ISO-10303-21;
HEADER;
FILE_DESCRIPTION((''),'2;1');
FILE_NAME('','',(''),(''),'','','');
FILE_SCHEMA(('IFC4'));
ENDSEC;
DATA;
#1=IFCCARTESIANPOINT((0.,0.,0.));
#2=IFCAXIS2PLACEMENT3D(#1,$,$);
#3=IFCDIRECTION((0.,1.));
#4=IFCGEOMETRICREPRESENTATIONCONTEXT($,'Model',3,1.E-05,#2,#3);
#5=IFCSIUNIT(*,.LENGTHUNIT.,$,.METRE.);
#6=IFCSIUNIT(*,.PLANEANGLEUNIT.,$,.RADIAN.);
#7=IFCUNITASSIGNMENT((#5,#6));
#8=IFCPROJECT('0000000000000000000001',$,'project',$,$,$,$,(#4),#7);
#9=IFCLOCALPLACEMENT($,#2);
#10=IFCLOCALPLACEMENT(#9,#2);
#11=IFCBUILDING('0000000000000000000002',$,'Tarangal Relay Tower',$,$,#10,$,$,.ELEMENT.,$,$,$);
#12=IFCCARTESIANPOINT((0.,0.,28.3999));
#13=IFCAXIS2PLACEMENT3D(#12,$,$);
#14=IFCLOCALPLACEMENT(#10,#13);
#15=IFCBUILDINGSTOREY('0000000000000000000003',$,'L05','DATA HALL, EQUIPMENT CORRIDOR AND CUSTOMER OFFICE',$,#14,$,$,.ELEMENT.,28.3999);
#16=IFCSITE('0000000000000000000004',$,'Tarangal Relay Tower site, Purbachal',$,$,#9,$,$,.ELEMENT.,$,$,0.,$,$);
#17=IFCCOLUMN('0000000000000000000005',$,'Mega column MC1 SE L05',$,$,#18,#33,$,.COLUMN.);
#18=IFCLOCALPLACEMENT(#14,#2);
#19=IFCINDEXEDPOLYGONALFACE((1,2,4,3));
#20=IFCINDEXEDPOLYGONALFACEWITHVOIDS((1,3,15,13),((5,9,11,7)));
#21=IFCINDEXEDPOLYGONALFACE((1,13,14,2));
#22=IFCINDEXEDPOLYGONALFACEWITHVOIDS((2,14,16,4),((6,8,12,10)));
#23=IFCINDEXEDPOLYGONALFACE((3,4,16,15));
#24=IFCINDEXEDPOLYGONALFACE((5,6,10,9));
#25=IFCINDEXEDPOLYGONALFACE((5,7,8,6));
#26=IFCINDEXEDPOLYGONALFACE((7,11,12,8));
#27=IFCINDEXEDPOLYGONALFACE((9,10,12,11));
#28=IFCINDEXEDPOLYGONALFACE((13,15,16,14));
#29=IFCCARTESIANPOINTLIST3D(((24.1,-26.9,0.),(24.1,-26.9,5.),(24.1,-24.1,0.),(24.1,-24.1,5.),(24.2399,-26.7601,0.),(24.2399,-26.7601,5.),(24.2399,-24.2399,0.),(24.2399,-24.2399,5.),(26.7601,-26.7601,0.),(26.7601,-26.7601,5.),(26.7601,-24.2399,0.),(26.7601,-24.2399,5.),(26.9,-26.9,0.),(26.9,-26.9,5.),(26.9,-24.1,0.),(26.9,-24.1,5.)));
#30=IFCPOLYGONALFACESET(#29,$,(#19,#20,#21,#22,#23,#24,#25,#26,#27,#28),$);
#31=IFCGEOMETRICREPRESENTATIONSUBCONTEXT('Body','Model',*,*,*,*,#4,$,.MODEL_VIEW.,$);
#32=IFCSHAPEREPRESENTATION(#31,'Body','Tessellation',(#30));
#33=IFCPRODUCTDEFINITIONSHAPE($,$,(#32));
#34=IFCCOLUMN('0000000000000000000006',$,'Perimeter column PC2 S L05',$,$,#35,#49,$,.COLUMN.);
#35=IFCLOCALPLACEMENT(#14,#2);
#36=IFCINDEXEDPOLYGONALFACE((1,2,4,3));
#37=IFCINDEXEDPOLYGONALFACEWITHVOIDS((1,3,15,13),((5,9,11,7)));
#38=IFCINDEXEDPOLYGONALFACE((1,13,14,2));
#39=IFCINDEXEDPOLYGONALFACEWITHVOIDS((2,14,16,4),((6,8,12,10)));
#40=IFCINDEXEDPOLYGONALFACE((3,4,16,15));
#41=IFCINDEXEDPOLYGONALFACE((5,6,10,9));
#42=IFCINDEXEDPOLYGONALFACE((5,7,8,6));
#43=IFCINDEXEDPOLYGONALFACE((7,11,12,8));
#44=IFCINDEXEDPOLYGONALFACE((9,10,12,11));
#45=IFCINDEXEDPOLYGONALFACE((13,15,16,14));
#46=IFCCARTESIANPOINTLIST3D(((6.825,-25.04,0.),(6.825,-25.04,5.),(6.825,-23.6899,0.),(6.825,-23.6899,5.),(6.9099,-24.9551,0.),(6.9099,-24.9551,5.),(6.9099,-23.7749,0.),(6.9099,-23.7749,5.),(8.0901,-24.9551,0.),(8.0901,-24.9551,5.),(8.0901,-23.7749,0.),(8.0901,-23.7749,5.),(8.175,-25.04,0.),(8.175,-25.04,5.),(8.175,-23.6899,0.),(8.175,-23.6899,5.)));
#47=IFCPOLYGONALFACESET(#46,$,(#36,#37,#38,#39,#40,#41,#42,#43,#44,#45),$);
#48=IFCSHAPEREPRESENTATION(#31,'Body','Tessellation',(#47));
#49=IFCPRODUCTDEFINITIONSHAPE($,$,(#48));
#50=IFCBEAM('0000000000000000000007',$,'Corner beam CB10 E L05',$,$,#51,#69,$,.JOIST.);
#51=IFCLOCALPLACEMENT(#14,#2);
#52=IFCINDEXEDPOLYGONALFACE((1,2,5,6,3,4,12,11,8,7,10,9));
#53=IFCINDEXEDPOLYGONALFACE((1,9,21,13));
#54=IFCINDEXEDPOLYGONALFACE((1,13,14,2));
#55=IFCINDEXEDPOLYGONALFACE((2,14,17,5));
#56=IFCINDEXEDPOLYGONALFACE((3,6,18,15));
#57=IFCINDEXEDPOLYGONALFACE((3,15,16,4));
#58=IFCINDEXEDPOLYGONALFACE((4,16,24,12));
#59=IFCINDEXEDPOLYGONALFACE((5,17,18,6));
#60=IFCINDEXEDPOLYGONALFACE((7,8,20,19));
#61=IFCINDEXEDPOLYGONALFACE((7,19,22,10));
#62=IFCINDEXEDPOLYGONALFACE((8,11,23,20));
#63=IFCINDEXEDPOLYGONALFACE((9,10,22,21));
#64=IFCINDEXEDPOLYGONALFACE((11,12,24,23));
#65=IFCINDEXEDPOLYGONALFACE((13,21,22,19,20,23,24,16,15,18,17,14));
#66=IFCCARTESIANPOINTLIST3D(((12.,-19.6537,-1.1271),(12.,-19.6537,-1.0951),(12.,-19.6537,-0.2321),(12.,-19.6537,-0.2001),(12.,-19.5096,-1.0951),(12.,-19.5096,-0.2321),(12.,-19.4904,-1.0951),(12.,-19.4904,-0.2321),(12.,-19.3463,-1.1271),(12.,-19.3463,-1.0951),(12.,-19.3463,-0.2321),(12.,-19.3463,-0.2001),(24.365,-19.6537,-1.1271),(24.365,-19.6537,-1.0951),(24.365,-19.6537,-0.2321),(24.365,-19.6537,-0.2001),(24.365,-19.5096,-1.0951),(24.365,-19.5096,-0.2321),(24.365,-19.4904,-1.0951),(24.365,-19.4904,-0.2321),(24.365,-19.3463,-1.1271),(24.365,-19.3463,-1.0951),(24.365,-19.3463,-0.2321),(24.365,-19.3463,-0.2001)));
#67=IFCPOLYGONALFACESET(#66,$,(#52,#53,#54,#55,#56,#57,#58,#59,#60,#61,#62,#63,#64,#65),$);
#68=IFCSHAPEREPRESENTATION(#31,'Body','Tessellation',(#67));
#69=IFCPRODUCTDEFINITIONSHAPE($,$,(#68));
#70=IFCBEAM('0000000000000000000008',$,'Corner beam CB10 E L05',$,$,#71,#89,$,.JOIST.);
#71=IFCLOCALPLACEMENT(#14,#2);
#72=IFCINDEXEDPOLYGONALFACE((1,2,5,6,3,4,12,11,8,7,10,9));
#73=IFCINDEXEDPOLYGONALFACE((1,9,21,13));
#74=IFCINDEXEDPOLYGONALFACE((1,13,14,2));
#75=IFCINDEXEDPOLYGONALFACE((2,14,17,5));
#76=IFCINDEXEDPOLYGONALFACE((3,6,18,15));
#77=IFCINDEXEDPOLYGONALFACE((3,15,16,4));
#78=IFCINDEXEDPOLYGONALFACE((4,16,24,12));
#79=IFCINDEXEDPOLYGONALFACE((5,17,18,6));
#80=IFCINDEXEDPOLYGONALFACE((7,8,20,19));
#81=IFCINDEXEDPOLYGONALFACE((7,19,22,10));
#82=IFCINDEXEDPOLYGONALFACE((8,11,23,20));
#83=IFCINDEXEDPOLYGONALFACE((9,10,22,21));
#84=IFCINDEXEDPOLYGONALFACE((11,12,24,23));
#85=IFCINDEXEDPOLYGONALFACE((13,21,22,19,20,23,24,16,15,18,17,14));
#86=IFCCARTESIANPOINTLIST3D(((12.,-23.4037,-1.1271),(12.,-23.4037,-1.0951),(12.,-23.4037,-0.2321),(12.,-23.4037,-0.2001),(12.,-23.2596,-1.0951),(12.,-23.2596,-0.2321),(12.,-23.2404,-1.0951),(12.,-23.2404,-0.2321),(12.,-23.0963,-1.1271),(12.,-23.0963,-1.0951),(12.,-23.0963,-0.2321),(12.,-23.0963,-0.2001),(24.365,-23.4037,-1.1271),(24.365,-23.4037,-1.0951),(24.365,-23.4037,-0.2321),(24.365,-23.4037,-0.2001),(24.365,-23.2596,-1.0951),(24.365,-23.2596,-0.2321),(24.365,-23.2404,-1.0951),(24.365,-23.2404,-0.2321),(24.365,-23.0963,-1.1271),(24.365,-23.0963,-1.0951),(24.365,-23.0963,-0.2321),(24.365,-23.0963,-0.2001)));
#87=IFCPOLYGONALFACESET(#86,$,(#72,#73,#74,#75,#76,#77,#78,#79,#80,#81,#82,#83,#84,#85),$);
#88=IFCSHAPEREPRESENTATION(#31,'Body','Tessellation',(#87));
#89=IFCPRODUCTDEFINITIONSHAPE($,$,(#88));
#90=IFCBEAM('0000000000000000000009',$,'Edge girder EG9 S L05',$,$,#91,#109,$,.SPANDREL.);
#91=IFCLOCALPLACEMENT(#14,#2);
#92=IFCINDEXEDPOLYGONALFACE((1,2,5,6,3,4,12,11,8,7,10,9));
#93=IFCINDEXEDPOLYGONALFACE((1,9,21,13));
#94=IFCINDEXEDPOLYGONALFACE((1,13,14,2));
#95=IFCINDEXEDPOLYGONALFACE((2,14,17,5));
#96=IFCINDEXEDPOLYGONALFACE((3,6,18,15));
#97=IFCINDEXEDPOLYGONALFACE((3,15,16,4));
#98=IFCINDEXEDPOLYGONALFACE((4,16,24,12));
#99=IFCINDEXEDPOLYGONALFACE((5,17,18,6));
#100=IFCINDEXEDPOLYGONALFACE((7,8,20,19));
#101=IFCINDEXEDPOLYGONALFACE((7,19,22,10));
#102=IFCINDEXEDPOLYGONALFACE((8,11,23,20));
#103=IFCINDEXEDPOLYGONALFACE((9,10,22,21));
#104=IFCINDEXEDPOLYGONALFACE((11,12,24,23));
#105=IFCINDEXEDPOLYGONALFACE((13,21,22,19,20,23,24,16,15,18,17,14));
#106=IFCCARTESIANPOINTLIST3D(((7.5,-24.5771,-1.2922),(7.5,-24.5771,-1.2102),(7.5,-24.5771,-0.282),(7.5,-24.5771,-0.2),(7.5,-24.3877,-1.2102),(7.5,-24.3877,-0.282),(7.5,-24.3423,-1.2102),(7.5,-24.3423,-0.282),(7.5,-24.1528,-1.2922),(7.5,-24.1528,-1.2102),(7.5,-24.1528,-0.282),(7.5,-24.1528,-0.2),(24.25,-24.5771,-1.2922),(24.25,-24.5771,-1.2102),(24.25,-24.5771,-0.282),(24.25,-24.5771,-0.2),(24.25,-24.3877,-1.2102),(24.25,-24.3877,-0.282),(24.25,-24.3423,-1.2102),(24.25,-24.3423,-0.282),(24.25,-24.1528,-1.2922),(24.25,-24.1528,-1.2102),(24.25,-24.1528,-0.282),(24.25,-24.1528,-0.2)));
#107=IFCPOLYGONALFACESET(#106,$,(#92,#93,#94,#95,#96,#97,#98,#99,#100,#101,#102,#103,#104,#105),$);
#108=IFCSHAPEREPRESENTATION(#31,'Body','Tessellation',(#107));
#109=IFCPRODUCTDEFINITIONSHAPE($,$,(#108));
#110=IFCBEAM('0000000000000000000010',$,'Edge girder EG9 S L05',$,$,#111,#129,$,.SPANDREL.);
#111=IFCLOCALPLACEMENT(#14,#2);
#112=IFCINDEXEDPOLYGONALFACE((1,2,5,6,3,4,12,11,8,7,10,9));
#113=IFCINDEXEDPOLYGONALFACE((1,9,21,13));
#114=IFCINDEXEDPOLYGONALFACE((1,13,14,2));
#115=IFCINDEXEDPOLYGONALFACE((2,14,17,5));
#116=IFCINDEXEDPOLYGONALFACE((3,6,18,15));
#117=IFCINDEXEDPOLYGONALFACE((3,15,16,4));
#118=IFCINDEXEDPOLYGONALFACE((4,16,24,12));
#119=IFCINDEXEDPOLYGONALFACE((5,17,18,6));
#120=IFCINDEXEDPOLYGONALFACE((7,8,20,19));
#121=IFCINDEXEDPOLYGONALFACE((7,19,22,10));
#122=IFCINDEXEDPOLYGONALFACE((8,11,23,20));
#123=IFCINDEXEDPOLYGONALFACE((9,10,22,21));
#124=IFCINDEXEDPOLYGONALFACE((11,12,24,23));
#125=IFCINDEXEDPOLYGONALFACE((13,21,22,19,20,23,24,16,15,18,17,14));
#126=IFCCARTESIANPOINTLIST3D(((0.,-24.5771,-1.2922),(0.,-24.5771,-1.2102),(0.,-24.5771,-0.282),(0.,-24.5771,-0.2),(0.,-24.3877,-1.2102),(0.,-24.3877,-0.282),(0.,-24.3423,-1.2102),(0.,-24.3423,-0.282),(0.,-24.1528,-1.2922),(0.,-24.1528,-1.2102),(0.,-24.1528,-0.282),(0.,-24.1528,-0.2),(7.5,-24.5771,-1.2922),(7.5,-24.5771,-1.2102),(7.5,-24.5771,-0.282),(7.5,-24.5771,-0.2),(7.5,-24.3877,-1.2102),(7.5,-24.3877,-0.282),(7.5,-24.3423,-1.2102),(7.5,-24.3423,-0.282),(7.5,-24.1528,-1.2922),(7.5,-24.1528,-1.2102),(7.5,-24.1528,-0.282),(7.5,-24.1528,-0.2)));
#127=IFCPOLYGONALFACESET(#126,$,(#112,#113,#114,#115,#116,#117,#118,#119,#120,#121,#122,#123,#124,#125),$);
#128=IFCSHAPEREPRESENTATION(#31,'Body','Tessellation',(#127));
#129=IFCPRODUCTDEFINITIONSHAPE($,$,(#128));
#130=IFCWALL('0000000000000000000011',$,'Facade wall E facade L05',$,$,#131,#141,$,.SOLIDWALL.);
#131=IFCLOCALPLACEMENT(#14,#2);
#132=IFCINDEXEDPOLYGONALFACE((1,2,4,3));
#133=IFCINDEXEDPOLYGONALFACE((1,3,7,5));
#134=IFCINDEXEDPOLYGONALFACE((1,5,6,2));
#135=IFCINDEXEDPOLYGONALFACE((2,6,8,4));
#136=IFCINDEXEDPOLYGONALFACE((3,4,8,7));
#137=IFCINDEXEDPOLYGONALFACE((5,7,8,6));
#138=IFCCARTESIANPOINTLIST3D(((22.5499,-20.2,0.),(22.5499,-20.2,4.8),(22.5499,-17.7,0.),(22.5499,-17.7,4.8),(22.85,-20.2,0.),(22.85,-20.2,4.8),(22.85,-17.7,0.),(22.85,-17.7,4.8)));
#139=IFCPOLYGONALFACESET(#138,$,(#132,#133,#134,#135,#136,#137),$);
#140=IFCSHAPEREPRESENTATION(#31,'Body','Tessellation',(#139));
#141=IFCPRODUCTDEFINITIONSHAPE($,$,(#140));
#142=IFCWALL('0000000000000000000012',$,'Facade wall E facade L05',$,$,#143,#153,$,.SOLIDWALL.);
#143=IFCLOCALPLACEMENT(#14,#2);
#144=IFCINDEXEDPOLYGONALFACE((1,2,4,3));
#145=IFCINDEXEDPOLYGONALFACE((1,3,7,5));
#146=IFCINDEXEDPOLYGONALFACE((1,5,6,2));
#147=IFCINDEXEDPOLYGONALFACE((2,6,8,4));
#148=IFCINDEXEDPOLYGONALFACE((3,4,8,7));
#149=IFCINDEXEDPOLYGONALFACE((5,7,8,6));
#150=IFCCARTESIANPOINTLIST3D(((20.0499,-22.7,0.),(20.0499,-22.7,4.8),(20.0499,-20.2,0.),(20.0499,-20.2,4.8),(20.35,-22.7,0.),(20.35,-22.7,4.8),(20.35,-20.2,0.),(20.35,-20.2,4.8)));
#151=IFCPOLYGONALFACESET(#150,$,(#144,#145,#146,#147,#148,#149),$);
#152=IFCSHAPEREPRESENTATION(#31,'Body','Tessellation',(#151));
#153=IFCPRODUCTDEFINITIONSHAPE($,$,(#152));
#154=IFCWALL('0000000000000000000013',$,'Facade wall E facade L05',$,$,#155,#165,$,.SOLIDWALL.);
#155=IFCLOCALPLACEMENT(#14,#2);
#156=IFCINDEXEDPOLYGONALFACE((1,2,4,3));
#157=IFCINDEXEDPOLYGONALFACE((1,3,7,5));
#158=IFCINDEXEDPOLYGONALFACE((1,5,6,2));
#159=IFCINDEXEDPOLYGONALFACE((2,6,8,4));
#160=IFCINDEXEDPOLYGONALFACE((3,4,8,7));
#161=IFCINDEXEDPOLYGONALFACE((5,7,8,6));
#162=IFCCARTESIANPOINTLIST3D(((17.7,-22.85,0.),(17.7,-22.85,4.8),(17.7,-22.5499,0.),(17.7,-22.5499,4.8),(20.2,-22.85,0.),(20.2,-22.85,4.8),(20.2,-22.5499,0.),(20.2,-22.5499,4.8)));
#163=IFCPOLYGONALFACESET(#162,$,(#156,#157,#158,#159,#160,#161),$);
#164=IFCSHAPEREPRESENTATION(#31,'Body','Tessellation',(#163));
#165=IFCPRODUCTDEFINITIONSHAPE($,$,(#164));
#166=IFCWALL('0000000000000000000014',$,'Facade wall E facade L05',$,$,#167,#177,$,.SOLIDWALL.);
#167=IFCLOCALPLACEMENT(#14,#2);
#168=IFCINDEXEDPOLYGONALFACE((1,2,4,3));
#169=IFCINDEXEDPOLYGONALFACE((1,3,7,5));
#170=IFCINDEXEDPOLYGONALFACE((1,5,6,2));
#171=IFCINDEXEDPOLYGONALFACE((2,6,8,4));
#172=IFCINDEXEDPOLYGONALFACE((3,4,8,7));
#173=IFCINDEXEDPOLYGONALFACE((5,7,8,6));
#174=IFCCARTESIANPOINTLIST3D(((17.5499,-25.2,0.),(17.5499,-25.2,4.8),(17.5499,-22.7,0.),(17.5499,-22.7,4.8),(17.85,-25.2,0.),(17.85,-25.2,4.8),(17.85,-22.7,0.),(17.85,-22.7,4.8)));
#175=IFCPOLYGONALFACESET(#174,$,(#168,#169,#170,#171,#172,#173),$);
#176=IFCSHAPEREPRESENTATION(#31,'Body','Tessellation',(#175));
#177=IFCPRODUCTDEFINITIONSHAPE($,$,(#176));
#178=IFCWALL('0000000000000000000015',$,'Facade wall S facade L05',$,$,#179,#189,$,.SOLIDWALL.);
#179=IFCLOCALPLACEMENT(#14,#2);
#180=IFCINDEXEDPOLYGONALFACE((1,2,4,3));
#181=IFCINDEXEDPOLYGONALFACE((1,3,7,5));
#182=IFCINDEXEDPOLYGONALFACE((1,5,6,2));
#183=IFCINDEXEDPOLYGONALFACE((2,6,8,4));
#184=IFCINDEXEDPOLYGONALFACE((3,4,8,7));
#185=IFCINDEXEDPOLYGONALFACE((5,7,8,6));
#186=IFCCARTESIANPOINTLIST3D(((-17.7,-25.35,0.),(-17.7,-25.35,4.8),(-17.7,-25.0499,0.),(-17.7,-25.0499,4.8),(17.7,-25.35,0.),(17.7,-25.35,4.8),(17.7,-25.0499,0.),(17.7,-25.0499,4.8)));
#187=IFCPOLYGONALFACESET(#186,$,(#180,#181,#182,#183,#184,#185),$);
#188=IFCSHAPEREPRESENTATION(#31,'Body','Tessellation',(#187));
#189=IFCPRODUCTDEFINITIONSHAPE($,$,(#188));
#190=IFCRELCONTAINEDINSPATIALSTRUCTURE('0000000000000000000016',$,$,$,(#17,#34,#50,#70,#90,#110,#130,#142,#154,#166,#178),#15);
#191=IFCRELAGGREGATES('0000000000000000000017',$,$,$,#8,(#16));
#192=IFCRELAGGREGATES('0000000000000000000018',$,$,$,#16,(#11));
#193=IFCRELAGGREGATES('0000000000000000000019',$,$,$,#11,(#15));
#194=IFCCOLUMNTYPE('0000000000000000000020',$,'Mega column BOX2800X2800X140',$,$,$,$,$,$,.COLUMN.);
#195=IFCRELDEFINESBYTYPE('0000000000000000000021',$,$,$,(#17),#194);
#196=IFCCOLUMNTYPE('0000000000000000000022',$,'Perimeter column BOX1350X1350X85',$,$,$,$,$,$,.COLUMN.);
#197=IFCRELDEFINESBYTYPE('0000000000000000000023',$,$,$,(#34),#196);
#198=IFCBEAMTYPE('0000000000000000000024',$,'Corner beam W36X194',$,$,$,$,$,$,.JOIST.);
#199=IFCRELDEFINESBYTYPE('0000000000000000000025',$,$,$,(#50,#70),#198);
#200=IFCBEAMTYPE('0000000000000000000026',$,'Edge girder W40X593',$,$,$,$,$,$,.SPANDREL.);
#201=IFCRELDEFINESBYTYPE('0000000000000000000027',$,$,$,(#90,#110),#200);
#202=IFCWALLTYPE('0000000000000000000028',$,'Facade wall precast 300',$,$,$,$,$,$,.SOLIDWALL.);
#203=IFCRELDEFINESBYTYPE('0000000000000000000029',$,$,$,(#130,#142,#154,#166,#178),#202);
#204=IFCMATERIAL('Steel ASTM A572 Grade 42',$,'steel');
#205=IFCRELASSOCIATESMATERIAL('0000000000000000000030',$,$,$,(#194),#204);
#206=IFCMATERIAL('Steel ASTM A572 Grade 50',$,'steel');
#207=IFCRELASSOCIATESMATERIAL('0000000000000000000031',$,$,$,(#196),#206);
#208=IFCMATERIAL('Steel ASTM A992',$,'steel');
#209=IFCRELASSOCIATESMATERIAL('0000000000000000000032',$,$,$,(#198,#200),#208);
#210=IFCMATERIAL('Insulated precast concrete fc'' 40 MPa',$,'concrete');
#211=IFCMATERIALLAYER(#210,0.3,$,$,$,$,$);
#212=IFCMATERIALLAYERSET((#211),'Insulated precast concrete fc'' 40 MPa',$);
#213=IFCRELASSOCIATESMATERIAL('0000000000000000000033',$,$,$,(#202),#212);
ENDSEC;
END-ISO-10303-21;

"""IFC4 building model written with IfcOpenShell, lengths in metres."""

from ifc_helpers import new_model, si_unit, direction, frame, frame_2d, origin, origin_2d, place, context, subcontext, project, spatial, rectangle, hollow_rectangle, i_section, extrude, material, layer, layer_set, material_profile, profile_set, type_object, element, save


model = new_model("IFC4")

# Units and contexts
model_context = context("Model", 3, precision=1e-05, world=origin(), true_north=direction((0.0, 1.0)))
body_context = subcontext(model_context, "Body", "Model", "MODEL_VIEW")
ifc_project = project(units=[si_unit("LENGTHUNIT", "METRE"), si_unit("PLANEANGLEUNIT", "RADIAN")], contexts=[model_context])

# Site, building, storey
site_placement = place(None, origin())
site = spatial("IfcSite", under=ifc_project, at=site_placement, Name="Tarangal Relay Tower site, Purbachal", CompositionType="ELEMENT", RefElevation=0.0)
building_placement = place(site_placement, origin())
building = spatial("IfcBuilding", under=site, at=building_placement, Name="Tarangal Relay Tower", CompositionType="ELEMENT")
storey_placement = place(building_placement, frame((0.0, 0.0, 28.3999)))
storey = spatial("IfcBuildingStorey", under=building, at=storey_placement, Name="L05", Description="DATA HALL, EQUIPMENT CORRIDOR AND CUSTOMER OFFICE", CompositionType="ELEMENT", Elevation=28.3999)

# Columns
ifc_material_1 = material(Name="Steel ASTM A572 Grade 42", Category="steel")
ifc_material_profile_1 = material_profile(ifc_material_1, hollow_rectangle(XDim=2.8, YDim=2.8, WallThickness=0.1399, at=origin_2d()), Name="BOX2800X2800X140")
ifc_profile_set_1 = profile_set([ifc_material_profile_1], Name="Steel ASTM A572 Grade 42")
column_type_1 = type_object("IfcColumnType", Name="Mega column BOX2800X2800X140", PredefinedType="COLUMN", material=ifc_profile_set_1)
column_1_placement = place(storey_placement, frame((25.5, -25.5, 0.0), z_axis=(0.0, 0.0, 1.0), x_axis=(1.0, 0.0, 0.0)))
element("IfcColumn", 1, at=column_1_placement, inside=storey, type_object=column_type_1, Name="Mega column MC1 SE L05", PredefinedType="COLUMN", context=body_context, shape_type="SweptSolid", body=[
    extrude(hollow_rectangle(XDim=2.8, YDim=2.8, WallThickness=0.1399, at=origin_2d()), origin(), (0.0, 0.0, 1.0), 5.0),
])
ifc_material_2 = material(Name="Steel ASTM A572 Grade 50", Category="steel")
ifc_material_profile_2 = material_profile(ifc_material_2, hollow_rectangle(XDim=1.3501, YDim=1.3501, WallThickness=0.085, at=origin_2d()), Name="BOX1350X1350X85")
ifc_profile_set_2 = profile_set([ifc_material_profile_2], Name="Steel ASTM A572 Grade 50")
column_type_2 = type_object("IfcColumnType", Name="Perimeter column BOX1350X1350X85", PredefinedType="COLUMN", material=ifc_profile_set_2)
column_2_placement = place(storey_placement, frame((7.5, -24.365, 0.0), z_axis=(0.0, 0.0, 1.0), x_axis=(1.0, 0.0, 0.0)))
element("IfcColumn", 2, at=column_2_placement, inside=storey, type_object=column_type_2, Name="Perimeter column PC2 S L05", PredefinedType="COLUMN", context=body_context, shape_type="SweptSolid", body=[
    extrude(hollow_rectangle(XDim=1.3501, YDim=1.3501, WallThickness=0.085, at=origin_2d()), origin(), (0.0, 0.0, 1.0), 5.0),
])

# Beams
ifc_material_3 = material(Name="Steel ASTM A992", Category="steel")
ifc_material_profile_3 = material_profile(ifc_material_3, i_section(OverallWidth=0.3074, OverallDepth=0.927, WebThickness=0.0193, FlangeThickness=0.032, at=origin_2d()), Name="W36X194")
ifc_profile_set_3 = profile_set([ifc_material_profile_3], Name="Steel ASTM A992")
beam_type_1 = type_object("IfcBeamType", Name="Corner beam W36X194", PredefinedType="JOIST", material=ifc_profile_set_3)
for number, where, z_axis, x_axis, name in (
    (3, (12.0, -19.5, -0.6636), (1.0, 0.0, 0.0), (0.0, 1.0, 0.0), "Corner beam CB10 E L05"),
    (4, (12.0, -23.25, -0.6636), (1.0, 0.0, 0.0), (0.0, 1.0, 0.0), "Corner beam CB10 E L05"),
):
    element("IfcBeam", number, at=place(storey_placement, frame(where, z_axis=z_axis, x_axis=x_axis)), inside=storey, type_object=beam_type_1, Name=name, PredefinedType="JOIST", context=body_context, shape_type="SweptSolid", body=[
        extrude(i_section(OverallWidth=0.3074, OverallDepth=0.927, WebThickness=0.0193, FlangeThickness=0.032, at=origin_2d()), origin(), (0.0, 0.0, 1.0), 12.365),
    ])
ifc_material_profile_4 = material_profile(ifc_material_3, i_section(OverallWidth=0.4243, OverallDepth=1.0923, WebThickness=0.0454, FlangeThickness=0.082, at=origin_2d()), Name="W40X593")
ifc_profile_set_4 = profile_set([ifc_material_profile_4], Name="Steel ASTM A992")
beam_type_2 = type_object("IfcBeamType", Name="Edge girder W40X593", PredefinedType="SPANDREL", material=ifc_profile_set_4)
beam_1_placement = place(storey_placement, frame((24.25, -24.365, -0.7461), z_axis=(-1.0, 0.0, 0.0), x_axis=(0.0, -1.0, 0.0)))
element("IfcBeam", 5, at=beam_1_placement, inside=storey, type_object=beam_type_2, Name="Edge girder EG9 S L05", PredefinedType="SPANDREL", context=body_context, shape_type="SweptSolid", body=[
    extrude(i_section(OverallWidth=0.4243, OverallDepth=1.0923, WebThickness=0.0454, FlangeThickness=0.082, at=origin_2d()), origin(), (0.0, 0.0, 1.0), 16.75),
])
beam_2_placement = place(storey_placement, frame((7.5, -24.365, -0.7461), z_axis=(-1.0, 0.0, 0.0), x_axis=(0.0, -1.0, 0.0)))
element("IfcBeam", 6, at=beam_2_placement, inside=storey, type_object=beam_type_2, Name="Edge girder EG9 S L05", PredefinedType="SPANDREL", context=body_context, shape_type="SweptSolid", body=[
    extrude(i_section(OverallWidth=0.4243, OverallDepth=1.0923, WebThickness=0.0454, FlangeThickness=0.082, at=origin_2d()), origin(), (0.0, 0.0, 1.0), 7.5),
])

# Wall
ifc_material_4 = material(Name="Insulated precast concrete fc' 40 MPa", Category="concrete")
ifc_layer_1 = layer(ifc_material_4, 0.3)
ifc_layer_set_1 = layer_set([ifc_layer_1], Name="Insulated precast concrete fc' 40 MPa")
wall_type_1 = type_object("IfcWallType", Name="Facade wall precast 300", PredefinedType="SOLIDWALL", material=ifc_layer_set_1)
wall_1_placement = place(storey_placement, frame((22.7, -17.7, 0.0), z_axis=(0.0, 0.0, 1.0), x_axis=(0.0, -1.0, 0.0)))
element("IfcWall", 7, at=wall_1_placement, inside=storey, type_object=wall_type_1, Name="Facade wall E facade L05", PredefinedType="SOLIDWALL", context=body_context, shape_type="SweptSolid", body=[
    extrude(rectangle(XDim=2.5, YDim=0.3, at=frame_2d((1.25, 0.0))), origin(), (0.0, 0.0, 1.0), 4.8),
])

# Walls
for number, where, z_axis, x_axis, name in (
    (8, (20.2, -20.2, 0.0), (0.0, 0.0, 1.0), (0.0, -1.0, 0.0), "Facade wall E facade L05"),
    (9, (20.2, -22.7, 0.0), (0.0, 0.0, 1.0), (-1.0, 0.0, 0.0), "Facade wall E facade L05"),
    (10, (17.7, -22.7, 0.0), (0.0, 0.0, 1.0), (0.0, -1.0, 0.0), "Facade wall E facade L05"),
):
    element("IfcWall", number, at=place(storey_placement, frame(where, z_axis=z_axis, x_axis=x_axis)), inside=storey, type_object=wall_type_1, Name=name, PredefinedType="SOLIDWALL", context=body_context, shape_type="SweptSolid", body=[
        extrude(rectangle(XDim=2.5, YDim=0.3, at=frame_2d((1.25, 0.0))), origin(), (0.0, 0.0, 1.0), 4.8),
    ])
wall_2_placement = place(storey_placement, frame((17.7, -25.2, 0.0), z_axis=(0.0, 0.0, 1.0), x_axis=(-1.0, 0.0, 0.0)))
element("IfcWall", 11, at=wall_2_placement, inside=storey, type_object=wall_type_1, Name="Facade wall S facade L05", PredefinedType="SOLIDWALL", context=body_context, shape_type="SweptSolid", body=[
    extrude(rectangle(XDim=35.3999, YDim=0.3, at=frame_2d((17.7, 0.0))), origin(), (0.0, 0.0, 1.0), 4.8),
])

save(model, "model.ifc")
